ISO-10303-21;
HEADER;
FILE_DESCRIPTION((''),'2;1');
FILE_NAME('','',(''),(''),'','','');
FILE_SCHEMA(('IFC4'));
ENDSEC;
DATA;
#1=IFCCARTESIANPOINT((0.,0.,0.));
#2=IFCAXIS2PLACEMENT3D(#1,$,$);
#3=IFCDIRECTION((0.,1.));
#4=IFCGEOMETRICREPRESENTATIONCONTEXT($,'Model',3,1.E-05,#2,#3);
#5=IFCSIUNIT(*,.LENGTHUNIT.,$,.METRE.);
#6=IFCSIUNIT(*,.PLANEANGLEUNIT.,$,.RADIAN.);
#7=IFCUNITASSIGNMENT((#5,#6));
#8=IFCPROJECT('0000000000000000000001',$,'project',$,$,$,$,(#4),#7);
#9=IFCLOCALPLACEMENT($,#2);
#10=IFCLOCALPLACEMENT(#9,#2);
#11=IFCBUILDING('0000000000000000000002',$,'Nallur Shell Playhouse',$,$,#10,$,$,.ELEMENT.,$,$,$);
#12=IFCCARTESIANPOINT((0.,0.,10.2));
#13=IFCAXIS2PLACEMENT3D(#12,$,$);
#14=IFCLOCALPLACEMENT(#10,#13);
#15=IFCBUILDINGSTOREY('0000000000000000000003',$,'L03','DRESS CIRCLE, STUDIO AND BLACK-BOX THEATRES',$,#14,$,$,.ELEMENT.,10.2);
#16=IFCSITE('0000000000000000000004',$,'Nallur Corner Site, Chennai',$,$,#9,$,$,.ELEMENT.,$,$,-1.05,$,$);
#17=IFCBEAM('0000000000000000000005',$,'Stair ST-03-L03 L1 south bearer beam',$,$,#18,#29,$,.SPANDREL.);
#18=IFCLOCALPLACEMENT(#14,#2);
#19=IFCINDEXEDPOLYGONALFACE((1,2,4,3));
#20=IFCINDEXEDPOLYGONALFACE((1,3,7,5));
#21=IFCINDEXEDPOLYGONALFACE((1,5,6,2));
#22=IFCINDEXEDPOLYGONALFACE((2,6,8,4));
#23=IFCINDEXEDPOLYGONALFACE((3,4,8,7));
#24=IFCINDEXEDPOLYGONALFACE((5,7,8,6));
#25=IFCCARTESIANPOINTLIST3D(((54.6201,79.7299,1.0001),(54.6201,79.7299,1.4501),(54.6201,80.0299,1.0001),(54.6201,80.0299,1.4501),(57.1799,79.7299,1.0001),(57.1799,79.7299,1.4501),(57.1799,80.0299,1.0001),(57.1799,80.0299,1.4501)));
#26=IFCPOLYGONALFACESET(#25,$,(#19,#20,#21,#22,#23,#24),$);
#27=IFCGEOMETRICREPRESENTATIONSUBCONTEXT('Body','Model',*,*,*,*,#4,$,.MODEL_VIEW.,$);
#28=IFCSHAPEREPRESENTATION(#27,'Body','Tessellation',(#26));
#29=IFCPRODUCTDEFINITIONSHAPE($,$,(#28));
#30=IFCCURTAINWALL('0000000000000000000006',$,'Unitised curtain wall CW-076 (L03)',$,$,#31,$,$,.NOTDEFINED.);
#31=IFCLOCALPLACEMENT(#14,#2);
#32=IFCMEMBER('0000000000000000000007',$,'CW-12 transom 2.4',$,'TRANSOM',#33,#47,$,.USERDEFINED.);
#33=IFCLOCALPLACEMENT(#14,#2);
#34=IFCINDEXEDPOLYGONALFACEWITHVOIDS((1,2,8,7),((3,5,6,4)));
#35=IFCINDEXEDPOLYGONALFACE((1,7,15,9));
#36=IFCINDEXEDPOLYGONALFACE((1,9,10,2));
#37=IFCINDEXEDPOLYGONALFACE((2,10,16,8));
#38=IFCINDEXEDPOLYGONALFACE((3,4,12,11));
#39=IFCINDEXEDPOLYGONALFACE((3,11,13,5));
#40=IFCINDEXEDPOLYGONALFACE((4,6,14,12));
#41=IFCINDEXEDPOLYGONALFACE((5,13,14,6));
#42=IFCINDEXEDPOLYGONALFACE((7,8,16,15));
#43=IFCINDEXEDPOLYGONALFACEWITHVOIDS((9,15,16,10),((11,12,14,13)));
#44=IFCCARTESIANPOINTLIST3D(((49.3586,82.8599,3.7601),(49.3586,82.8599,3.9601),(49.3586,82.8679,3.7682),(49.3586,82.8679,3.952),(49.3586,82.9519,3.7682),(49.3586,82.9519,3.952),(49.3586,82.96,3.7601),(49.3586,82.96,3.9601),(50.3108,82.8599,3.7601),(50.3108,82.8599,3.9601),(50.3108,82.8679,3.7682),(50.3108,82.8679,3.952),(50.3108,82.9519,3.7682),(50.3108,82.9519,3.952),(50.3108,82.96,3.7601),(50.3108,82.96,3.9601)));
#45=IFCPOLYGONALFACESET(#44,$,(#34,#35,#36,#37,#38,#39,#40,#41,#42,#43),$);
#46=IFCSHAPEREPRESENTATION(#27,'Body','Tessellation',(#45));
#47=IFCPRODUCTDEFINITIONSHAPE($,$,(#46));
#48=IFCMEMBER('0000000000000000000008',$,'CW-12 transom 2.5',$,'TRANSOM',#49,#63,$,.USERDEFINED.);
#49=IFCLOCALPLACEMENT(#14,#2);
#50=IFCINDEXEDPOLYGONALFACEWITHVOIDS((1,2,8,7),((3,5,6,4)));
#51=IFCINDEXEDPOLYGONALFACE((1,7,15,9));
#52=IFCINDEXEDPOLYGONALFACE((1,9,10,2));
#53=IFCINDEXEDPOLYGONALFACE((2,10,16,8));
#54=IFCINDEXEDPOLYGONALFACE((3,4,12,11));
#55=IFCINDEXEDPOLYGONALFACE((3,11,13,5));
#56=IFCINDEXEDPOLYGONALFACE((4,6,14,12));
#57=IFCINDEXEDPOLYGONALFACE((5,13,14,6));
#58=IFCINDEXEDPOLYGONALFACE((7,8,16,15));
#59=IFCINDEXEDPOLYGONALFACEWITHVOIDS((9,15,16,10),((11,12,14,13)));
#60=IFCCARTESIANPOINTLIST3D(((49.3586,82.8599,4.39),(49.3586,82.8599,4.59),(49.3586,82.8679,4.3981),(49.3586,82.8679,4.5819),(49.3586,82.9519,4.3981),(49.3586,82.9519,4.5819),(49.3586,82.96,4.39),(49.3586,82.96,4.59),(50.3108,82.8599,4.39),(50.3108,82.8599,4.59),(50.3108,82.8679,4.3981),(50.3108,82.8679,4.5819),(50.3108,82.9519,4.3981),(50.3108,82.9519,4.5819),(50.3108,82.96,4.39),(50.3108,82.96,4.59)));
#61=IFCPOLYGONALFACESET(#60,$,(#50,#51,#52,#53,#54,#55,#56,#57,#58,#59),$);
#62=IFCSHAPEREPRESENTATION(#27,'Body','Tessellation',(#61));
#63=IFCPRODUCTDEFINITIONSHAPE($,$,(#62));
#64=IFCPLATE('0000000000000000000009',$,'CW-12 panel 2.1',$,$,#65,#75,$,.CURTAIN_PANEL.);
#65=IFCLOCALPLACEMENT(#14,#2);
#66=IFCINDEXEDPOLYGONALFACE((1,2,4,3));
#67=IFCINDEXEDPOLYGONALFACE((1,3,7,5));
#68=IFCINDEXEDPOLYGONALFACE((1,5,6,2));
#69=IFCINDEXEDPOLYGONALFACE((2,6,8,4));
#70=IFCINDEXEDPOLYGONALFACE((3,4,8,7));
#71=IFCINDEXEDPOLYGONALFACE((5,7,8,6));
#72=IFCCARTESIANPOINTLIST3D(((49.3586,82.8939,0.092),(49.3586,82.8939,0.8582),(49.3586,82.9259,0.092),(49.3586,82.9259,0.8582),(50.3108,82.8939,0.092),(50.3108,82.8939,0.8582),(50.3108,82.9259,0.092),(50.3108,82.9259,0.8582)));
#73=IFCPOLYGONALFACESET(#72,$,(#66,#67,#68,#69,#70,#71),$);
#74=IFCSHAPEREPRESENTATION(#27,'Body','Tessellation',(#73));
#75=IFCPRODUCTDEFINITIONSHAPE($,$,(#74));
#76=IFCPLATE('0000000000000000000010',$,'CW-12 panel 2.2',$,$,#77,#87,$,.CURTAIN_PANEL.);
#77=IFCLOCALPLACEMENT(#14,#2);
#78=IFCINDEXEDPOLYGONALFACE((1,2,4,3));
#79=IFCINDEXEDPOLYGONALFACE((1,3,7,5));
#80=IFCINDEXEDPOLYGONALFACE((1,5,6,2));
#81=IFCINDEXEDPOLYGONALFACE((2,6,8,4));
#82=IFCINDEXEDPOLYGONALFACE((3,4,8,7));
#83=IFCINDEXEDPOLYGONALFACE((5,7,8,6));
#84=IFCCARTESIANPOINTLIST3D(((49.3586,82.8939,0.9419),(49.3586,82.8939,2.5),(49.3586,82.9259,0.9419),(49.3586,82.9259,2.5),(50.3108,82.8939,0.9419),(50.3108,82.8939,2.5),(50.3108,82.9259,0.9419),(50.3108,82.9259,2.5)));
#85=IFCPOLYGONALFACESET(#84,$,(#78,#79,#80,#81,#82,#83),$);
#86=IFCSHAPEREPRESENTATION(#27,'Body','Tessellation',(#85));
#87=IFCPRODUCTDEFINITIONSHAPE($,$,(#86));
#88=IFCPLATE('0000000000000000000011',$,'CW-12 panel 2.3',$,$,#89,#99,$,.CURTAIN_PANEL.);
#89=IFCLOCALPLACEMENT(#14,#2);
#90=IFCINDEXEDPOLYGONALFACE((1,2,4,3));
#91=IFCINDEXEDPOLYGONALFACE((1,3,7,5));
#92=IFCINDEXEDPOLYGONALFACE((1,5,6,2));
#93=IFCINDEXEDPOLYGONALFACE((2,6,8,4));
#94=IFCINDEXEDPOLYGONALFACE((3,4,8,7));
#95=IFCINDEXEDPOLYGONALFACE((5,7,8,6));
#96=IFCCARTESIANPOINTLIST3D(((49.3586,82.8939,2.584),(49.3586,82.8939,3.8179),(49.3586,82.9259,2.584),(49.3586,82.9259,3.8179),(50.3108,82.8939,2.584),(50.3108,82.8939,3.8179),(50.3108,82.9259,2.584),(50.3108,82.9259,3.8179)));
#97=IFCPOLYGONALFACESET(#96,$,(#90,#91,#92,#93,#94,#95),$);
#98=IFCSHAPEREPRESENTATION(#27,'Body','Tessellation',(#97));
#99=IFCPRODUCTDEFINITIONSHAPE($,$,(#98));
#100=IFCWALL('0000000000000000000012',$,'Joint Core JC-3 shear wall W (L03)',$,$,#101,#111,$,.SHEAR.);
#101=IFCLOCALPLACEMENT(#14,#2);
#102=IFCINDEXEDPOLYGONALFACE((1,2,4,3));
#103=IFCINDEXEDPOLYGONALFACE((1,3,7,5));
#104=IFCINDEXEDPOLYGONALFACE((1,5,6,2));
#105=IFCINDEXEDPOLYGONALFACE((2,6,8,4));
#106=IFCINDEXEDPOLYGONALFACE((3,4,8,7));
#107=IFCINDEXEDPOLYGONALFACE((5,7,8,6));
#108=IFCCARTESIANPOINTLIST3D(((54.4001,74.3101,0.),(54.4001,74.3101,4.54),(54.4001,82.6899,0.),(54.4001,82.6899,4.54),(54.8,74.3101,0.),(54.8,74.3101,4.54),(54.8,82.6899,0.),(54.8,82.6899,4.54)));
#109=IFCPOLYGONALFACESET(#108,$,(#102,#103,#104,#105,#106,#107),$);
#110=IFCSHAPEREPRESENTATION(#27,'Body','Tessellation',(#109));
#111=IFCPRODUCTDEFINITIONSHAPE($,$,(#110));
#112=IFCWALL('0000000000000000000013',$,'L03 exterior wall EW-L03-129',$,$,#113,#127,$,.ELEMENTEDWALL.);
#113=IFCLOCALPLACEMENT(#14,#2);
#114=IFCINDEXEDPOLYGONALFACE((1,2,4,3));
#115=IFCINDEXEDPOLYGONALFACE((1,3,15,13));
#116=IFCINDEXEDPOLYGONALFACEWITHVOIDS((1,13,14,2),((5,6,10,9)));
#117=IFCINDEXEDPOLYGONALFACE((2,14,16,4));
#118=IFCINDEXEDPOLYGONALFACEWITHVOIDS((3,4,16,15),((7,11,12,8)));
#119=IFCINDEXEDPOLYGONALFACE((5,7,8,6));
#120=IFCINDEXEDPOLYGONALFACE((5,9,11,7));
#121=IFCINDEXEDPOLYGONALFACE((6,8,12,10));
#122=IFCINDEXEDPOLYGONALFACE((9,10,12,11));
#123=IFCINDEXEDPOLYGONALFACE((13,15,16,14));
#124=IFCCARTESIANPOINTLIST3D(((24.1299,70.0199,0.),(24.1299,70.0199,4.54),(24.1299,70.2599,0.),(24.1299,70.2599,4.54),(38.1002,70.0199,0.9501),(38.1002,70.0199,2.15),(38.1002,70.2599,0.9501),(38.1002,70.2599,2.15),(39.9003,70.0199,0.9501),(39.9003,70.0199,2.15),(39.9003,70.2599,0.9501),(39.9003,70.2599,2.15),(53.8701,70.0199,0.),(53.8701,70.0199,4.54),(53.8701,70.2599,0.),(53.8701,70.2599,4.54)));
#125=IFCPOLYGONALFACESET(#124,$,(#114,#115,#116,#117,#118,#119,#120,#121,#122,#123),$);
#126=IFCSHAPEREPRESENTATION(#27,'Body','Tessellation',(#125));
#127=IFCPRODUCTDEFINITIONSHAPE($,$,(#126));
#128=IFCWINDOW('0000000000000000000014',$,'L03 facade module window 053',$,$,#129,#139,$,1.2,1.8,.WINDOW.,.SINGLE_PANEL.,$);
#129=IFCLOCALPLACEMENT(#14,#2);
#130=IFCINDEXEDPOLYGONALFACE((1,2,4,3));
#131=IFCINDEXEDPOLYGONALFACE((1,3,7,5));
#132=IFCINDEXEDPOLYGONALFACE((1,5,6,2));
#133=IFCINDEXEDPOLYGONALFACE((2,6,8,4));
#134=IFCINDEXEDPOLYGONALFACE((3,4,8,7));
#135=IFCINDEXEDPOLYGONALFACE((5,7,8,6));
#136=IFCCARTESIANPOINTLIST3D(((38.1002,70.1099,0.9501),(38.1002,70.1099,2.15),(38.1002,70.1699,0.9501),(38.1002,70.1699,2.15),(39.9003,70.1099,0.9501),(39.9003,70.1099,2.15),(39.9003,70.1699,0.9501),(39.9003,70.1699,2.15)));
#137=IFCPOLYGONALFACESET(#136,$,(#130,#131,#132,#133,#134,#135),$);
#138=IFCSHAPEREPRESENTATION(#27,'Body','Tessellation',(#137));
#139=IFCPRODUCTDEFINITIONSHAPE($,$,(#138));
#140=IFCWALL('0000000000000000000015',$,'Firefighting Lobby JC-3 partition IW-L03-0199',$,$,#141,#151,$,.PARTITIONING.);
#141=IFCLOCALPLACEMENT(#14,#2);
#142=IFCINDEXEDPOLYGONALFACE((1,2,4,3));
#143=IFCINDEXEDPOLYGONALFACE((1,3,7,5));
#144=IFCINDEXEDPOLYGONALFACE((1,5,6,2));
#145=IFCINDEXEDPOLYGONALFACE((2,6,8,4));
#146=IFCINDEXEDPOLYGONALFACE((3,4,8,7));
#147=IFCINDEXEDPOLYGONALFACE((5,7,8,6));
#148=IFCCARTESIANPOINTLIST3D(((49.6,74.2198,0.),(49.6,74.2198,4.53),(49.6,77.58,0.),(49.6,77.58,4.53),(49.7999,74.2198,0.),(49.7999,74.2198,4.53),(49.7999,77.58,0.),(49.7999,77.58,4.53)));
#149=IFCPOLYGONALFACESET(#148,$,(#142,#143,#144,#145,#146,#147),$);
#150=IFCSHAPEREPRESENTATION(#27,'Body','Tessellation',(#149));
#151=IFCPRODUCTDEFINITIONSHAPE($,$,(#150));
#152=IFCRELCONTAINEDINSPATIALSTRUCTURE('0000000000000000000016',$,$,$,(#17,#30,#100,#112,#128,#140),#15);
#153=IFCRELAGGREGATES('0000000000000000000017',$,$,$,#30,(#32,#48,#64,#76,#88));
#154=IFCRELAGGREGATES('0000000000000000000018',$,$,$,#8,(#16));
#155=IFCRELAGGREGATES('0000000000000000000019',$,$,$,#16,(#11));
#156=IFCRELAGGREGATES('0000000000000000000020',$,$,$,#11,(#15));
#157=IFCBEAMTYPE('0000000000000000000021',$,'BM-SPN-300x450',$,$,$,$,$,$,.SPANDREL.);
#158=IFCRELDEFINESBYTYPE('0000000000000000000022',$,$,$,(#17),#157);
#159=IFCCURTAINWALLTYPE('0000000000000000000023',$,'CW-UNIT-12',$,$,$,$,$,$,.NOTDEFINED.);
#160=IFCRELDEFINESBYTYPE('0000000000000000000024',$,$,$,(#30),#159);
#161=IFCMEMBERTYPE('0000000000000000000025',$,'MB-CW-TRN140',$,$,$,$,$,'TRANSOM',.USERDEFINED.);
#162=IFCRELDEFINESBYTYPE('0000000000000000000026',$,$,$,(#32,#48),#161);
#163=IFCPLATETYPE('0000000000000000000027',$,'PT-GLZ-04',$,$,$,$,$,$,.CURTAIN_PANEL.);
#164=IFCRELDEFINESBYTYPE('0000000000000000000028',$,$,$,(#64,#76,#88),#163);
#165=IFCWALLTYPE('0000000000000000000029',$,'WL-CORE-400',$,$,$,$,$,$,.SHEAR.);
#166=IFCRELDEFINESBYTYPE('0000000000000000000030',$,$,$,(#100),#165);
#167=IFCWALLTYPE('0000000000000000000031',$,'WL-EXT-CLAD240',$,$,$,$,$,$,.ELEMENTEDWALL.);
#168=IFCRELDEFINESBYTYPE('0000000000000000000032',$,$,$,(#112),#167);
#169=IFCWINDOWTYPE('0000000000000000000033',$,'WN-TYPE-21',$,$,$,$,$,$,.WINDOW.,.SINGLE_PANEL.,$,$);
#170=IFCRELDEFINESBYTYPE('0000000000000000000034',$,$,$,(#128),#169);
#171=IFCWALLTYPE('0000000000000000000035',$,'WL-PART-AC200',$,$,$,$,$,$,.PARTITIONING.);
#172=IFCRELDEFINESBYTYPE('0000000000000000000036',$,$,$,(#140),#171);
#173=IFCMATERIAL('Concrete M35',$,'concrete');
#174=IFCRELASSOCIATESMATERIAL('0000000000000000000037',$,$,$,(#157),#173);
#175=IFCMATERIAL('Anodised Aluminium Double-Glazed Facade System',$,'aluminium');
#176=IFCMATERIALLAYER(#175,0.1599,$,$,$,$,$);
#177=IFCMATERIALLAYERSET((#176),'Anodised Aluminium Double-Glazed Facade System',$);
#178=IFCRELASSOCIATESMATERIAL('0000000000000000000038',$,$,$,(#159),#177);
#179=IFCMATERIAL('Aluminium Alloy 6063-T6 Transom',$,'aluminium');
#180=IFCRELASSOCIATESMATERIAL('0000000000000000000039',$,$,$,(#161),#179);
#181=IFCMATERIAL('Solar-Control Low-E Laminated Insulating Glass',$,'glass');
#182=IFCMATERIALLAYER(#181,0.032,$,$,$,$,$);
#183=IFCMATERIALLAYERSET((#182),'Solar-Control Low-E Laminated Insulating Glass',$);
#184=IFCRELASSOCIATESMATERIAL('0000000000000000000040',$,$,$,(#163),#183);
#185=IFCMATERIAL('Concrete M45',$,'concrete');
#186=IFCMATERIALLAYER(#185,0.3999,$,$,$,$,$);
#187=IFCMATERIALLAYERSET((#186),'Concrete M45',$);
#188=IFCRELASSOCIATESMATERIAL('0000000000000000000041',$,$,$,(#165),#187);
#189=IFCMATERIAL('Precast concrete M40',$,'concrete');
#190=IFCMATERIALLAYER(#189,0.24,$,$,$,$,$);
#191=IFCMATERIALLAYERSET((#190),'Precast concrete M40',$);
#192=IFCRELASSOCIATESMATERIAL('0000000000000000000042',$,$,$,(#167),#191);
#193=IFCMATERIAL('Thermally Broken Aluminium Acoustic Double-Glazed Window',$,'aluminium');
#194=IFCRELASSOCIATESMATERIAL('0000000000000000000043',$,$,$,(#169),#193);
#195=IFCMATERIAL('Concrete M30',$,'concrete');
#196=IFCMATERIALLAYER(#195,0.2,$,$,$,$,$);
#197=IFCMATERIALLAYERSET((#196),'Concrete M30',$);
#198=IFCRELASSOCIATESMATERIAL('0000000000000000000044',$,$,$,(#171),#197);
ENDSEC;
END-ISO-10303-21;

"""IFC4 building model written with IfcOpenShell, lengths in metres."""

from ifc_helpers import new_model, si_unit, direction, frame, frame_2d, origin, origin_2d, place, context, subcontext, project, spatial, rectangle, hollow_rectangle, extrude, material, layer, layer_set, material_profile, profile_set, type_object, element, fill, aggregate, save


model = new_model("IFC4")

# Units and contexts
model_context = context("Model", 3, precision=1e-05, world=origin(), true_north=direction((0.0, 1.0)))
body_context = subcontext(model_context, "Body", "Model", "MODEL_VIEW")
ifc_project = project(units=[si_unit("LENGTHUNIT", "METRE"), si_unit("PLANEANGLEUNIT", "RADIAN")], contexts=[model_context])

# Site, building, storey
site_placement = place(None, origin())
site = spatial("IfcSite", under=ifc_project, at=site_placement, Name="Nallur Corner Site, Chennai", CompositionType="ELEMENT", RefElevation=-1.05)
building_placement = place(site_placement, origin())
building = spatial("IfcBuilding", under=site, at=building_placement, Name="Nallur Shell Playhouse", CompositionType="ELEMENT")
storey_placement = place(building_placement, frame((0.0, 0.0, 10.2)))
storey = spatial("IfcBuildingStorey", under=building, at=storey_placement, Name="L03", Description="DRESS CIRCLE, STUDIO AND BLACK-BOX THEATRES", CompositionType="ELEMENT", Elevation=10.2)

# Beam
ifc_material_1 = material(Name="Concrete M35", Category="concrete")
ifc_material_profile_1 = material_profile(ifc_material_1, rectangle(XDim=0.3, YDim=0.45, at=origin_2d()), Name="RC 300x450")
ifc_profile_set_1 = profile_set([ifc_material_profile_1], Name="Concrete M35")
beam_type = type_object("IfcBeamType", Name="BM-SPN-300x450", PredefinedType="SPANDREL", material=ifc_profile_set_1)
beam_placement = place(storey_placement, frame((54.6201, 79.8799, 1.2251), z_axis=(1.0, 0.0, 0.0), x_axis=(0.0, 1.0, 0.0)))
element("IfcBeam", 1, at=beam_placement, inside=storey, type_object=beam_type, Name="Stair ST-03-L03 L1 south bearer beam", PredefinedType="SPANDREL", context=body_context, shape_type="SweptSolid", body=[
    extrude(rectangle(XDim=0.3, YDim=0.45, at=origin_2d()), origin(), (0.0, 0.0, 1.0), 2.5598),
])

# Curtain wall, members, plates
ifc_material_2 = material(Name="Anodised Aluminium Double-Glazed Facade System", Category="aluminium")
ifc_layer_1 = layer(ifc_material_2, 0.1599)
ifc_layer_set_1 = layer_set([ifc_layer_1], Name="Anodised Aluminium Double-Glazed Facade System")
curtain_wall_type = type_object("IfcCurtainWallType", Name="CW-UNIT-12", PredefinedType="NOTDEFINED", material=ifc_layer_set_1)
curtain_wall_placement = place(storey_placement, origin())
curtain_wall = element("IfcCurtainWall", 2, at=curtain_wall_placement, inside=storey, type_object=curtain_wall_type, Name="Unitised curtain wall CW-076 (L03)", PredefinedType="NOTDEFINED")
ifc_material_3 = material(Name="Aluminium Alloy 6063-T6 Transom", Category="aluminium")
ifc_material_profile_2 = material_profile(ifc_material_3, hollow_rectangle(XDim=0.1001, YDim=0.2, WallThickness=0.0081, at=origin_2d()), Name="RHS 200x100x8")
ifc_profile_set_2 = profile_set([ifc_material_profile_2], Name="Aluminium Alloy 6063-T6 Transom")
member_type = type_object("IfcMemberType", Name="MB-CW-TRN140", ElementType="TRANSOM", PredefinedType="USERDEFINED", material=ifc_profile_set_2)
member_1_placement = place(storey_placement, frame((49.3586, 82.9099, 3.8601), z_axis=(1.0, 0.0, 0.0), x_axis=(0.0, 1.0, 0.0)))
member_1 = element("IfcMember", 3, at=member_1_placement, type_object=member_type, Name="CW-12 transom 2.4", ObjectType="TRANSOM", PredefinedType="USERDEFINED", context=body_context, shape_type="SweptSolid", body=[
    extrude(hollow_rectangle(XDim=0.1001, YDim=0.2, WallThickness=0.0081, at=origin_2d()), origin(), (0.0, 0.0, 1.0), 0.9521),
])
member_2_placement = place(storey_placement, frame((49.3586, 82.9099, 4.49), z_axis=(1.0, 0.0, 0.0), x_axis=(0.0, 1.0, 0.0)))
member_2 = element("IfcMember", 4, at=member_2_placement, type_object=member_type, Name="CW-12 transom 2.5", ObjectType="TRANSOM", PredefinedType="USERDEFINED", context=body_context, shape_type="SweptSolid", body=[
    extrude(hollow_rectangle(XDim=0.1001, YDim=0.2, WallThickness=0.0081, at=origin_2d()), origin(), (0.0, 0.0, 1.0), 0.9521),
])
ifc_material_4 = material(Name="Solar-Control Low-E Laminated Insulating Glass", Category="glass")
ifc_layer_2 = layer(ifc_material_4, 0.032)
ifc_layer_set_2 = layer_set([ifc_layer_2], Name="Solar-Control Low-E Laminated Insulating Glass")
plate_type = type_object("IfcPlateType", Name="PT-GLZ-04", PredefinedType="CURTAIN_PANEL", material=ifc_layer_set_2)
plate_1_placement = place(storey_placement, frame((49.8347, 82.9099, 0.092), z_axis=(0.0, 0.0, 1.0), x_axis=(1.0, 0.0, 0.0)))
plate_1 = element("IfcPlate", 5, at=plate_1_placement, type_object=plate_type, Name="CW-12 panel 2.1", PredefinedType="CURTAIN_PANEL", context=body_context, shape_type="SweptSolid", body=[
    extrude(rectangle(XDim=0.9521, YDim=0.032, at=origin_2d()), origin(), (0.0, 0.0, 1.0), 0.7661),
])
plate_2_placement = place(storey_placement, frame((49.8347, 82.9099, 0.9419), z_axis=(0.0, 0.0, 1.0), x_axis=(1.0, 0.0, 0.0)))
plate_2 = element("IfcPlate", 6, at=plate_2_placement, type_object=plate_type, Name="CW-12 panel 2.2", PredefinedType="CURTAIN_PANEL", context=body_context, shape_type="SweptSolid", body=[
    extrude(rectangle(XDim=0.9521, YDim=0.032, at=origin_2d()), origin(), (0.0, 0.0, 1.0), 1.5581),
])
plate_3_placement = place(storey_placement, frame((49.8347, 82.9099, 2.584), z_axis=(0.0, 0.0, 1.0), x_axis=(1.0, 0.0, 0.0)))
plate_3 = element("IfcPlate", 7, at=plate_3_placement, type_object=plate_type, Name="CW-12 panel 2.3", PredefinedType="CURTAIN_PANEL", context=body_context, shape_type="SweptSolid", body=[
    extrude(rectangle(XDim=0.9521, YDim=0.032, at=origin_2d()), origin(), (0.0, 0.0, 1.0), 1.2339),
])
aggregate(curtain_wall, [member_1, member_2, plate_1, plate_2, plate_3])

# Shared definitions
ifc_material_5 = material(Name="Concrete M45", Category="concrete")
ifc_layer_3 = layer(ifc_material_5, 0.3999)
ifc_layer_set_3 = layer_set([ifc_layer_3], Name="Concrete M45")
wall_type_1 = type_object("IfcWallType", Name="WL-CORE-400", PredefinedType="SHEAR", material=ifc_layer_set_3)

# Wall
wall_1_placement = place(storey_placement, frame((54.6001, 82.6899, 0.0), z_axis=(0.0, 0.0, 1.0), x_axis=(0.0, -1.0, 0.0)))
element("IfcWall", 8, at=wall_1_placement, inside=storey, type_object=wall_type_1, Name="Joint Core JC-3 shear wall W (L03)", PredefinedType="SHEAR", context=body_context, shape_type="SweptSolid", body=[
    extrude(rectangle(XDim=8.3799, YDim=0.3999, at=frame_2d((4.1899, 0.0))), origin(), (0.0, 0.0, 1.0), 4.54),
])

# Wall, opening, window
ifc_material_6 = material(Name="Precast concrete M40", Category="concrete")
ifc_layer_4 = layer(ifc_material_6, 0.24)
ifc_layer_set_4 = layer_set([ifc_layer_4], Name="Precast concrete M40")
wall_type_2 = type_object("IfcWallType", Name="WL-EXT-CLAD240", PredefinedType="ELEMENTEDWALL", material=ifc_layer_set_4)
wall_2_placement = place(storey_placement, frame((53.8701, 70.1399, 0.0), z_axis=(0.0, 0.0, 1.0), x_axis=(-1.0, 0.0, 0.0)))
wall_2 = element("IfcWall", 9, at=wall_2_placement, inside=storey, type_object=wall_type_2, Name="L03 exterior wall EW-L03-129", PredefinedType="ELEMENTEDWALL", context=body_context, shape_type="SweptSolid", body=[
    extrude(rectangle(XDim=29.7402, YDim=0.24, at=frame_2d((14.8701, 0.0))), origin(), (0.0, 0.0, 1.0), 4.54),
])
opening_1_placement = place(wall_2_placement, frame((13.97, 0.0, 0.95)))
opening_1 = element("IfcOpeningElement", 10, at=opening_1_placement, cuts=wall_2, PredefinedType="OPENING", context=body_context, shape_type="SweptSolid", body=[
    extrude(rectangle(XDim=1.8, YDim=1.2, at=frame_2d((0.8999, 0.6001))), frame((0.0, 0.1299, 0.0), z_axis=(0.0, -1.0, 0.0), x_axis=(1.0, 0.0, 0.0)), (0.0, 0.0, 1.0), 0.26),
])
ifc_material_7 = material(Name="Thermally Broken Aluminium Acoustic Double-Glazed Window", Category="aluminium")
window_type = type_object("IfcWindowType", Name="WN-TYPE-21", PartitioningType="SINGLE_PANEL", PredefinedType="WINDOW", material=ifc_material_7)
window_placement = place(opening_1_placement, origin())
window = element("IfcWindow", 11, at=window_placement, inside=storey, type_object=window_type, Name="L03 facade module window 053", OverallHeight=1.2, OverallWidth=1.8, PartitioningType="SINGLE_PANEL", PredefinedType="WINDOW", context=body_context, shape_type="SweptSolid", body=[
    extrude(rectangle(XDim=1.8, YDim=1.2, at=frame_2d((0.8999, 0.6001))), frame((0.0, 0.03, 0.0), z_axis=(0.0, -1.0, 0.0), x_axis=(1.0, 0.0, 0.0)), (0.0, 0.0, 1.0), 0.0601),
])
fill(opening_1, window)

# Wall
ifc_material_8 = material(Name="Concrete M30", Category="concrete")
ifc_layer_5 = layer(ifc_material_8, 0.2)
ifc_layer_set_5 = layer_set([ifc_layer_5], Name="Concrete M30")
wall_type_3 = type_object("IfcWallType", Name="WL-PART-AC200", PredefinedType="PARTITIONING", material=ifc_layer_set_5)
wall_3_placement = place(storey_placement, frame((49.7, 77.5801, 0.0), z_axis=(0.0, 0.0, 1.0), x_axis=(0.0, -1.0, 0.0)))
element("IfcWall", 12, at=wall_3_placement, inside=storey, type_object=wall_type_3, Name="Firefighting Lobby JC-3 partition IW-L03-0199", PredefinedType="PARTITIONING", context=body_context, shape_type="SweptSolid", body=[
    extrude(rectangle(XDim=3.3601, YDim=0.2, at=frame_2d((1.6802, 0.0))), origin(), (0.0, 0.0, 1.0), 4.53),
])

save(model, "model.ifc")
